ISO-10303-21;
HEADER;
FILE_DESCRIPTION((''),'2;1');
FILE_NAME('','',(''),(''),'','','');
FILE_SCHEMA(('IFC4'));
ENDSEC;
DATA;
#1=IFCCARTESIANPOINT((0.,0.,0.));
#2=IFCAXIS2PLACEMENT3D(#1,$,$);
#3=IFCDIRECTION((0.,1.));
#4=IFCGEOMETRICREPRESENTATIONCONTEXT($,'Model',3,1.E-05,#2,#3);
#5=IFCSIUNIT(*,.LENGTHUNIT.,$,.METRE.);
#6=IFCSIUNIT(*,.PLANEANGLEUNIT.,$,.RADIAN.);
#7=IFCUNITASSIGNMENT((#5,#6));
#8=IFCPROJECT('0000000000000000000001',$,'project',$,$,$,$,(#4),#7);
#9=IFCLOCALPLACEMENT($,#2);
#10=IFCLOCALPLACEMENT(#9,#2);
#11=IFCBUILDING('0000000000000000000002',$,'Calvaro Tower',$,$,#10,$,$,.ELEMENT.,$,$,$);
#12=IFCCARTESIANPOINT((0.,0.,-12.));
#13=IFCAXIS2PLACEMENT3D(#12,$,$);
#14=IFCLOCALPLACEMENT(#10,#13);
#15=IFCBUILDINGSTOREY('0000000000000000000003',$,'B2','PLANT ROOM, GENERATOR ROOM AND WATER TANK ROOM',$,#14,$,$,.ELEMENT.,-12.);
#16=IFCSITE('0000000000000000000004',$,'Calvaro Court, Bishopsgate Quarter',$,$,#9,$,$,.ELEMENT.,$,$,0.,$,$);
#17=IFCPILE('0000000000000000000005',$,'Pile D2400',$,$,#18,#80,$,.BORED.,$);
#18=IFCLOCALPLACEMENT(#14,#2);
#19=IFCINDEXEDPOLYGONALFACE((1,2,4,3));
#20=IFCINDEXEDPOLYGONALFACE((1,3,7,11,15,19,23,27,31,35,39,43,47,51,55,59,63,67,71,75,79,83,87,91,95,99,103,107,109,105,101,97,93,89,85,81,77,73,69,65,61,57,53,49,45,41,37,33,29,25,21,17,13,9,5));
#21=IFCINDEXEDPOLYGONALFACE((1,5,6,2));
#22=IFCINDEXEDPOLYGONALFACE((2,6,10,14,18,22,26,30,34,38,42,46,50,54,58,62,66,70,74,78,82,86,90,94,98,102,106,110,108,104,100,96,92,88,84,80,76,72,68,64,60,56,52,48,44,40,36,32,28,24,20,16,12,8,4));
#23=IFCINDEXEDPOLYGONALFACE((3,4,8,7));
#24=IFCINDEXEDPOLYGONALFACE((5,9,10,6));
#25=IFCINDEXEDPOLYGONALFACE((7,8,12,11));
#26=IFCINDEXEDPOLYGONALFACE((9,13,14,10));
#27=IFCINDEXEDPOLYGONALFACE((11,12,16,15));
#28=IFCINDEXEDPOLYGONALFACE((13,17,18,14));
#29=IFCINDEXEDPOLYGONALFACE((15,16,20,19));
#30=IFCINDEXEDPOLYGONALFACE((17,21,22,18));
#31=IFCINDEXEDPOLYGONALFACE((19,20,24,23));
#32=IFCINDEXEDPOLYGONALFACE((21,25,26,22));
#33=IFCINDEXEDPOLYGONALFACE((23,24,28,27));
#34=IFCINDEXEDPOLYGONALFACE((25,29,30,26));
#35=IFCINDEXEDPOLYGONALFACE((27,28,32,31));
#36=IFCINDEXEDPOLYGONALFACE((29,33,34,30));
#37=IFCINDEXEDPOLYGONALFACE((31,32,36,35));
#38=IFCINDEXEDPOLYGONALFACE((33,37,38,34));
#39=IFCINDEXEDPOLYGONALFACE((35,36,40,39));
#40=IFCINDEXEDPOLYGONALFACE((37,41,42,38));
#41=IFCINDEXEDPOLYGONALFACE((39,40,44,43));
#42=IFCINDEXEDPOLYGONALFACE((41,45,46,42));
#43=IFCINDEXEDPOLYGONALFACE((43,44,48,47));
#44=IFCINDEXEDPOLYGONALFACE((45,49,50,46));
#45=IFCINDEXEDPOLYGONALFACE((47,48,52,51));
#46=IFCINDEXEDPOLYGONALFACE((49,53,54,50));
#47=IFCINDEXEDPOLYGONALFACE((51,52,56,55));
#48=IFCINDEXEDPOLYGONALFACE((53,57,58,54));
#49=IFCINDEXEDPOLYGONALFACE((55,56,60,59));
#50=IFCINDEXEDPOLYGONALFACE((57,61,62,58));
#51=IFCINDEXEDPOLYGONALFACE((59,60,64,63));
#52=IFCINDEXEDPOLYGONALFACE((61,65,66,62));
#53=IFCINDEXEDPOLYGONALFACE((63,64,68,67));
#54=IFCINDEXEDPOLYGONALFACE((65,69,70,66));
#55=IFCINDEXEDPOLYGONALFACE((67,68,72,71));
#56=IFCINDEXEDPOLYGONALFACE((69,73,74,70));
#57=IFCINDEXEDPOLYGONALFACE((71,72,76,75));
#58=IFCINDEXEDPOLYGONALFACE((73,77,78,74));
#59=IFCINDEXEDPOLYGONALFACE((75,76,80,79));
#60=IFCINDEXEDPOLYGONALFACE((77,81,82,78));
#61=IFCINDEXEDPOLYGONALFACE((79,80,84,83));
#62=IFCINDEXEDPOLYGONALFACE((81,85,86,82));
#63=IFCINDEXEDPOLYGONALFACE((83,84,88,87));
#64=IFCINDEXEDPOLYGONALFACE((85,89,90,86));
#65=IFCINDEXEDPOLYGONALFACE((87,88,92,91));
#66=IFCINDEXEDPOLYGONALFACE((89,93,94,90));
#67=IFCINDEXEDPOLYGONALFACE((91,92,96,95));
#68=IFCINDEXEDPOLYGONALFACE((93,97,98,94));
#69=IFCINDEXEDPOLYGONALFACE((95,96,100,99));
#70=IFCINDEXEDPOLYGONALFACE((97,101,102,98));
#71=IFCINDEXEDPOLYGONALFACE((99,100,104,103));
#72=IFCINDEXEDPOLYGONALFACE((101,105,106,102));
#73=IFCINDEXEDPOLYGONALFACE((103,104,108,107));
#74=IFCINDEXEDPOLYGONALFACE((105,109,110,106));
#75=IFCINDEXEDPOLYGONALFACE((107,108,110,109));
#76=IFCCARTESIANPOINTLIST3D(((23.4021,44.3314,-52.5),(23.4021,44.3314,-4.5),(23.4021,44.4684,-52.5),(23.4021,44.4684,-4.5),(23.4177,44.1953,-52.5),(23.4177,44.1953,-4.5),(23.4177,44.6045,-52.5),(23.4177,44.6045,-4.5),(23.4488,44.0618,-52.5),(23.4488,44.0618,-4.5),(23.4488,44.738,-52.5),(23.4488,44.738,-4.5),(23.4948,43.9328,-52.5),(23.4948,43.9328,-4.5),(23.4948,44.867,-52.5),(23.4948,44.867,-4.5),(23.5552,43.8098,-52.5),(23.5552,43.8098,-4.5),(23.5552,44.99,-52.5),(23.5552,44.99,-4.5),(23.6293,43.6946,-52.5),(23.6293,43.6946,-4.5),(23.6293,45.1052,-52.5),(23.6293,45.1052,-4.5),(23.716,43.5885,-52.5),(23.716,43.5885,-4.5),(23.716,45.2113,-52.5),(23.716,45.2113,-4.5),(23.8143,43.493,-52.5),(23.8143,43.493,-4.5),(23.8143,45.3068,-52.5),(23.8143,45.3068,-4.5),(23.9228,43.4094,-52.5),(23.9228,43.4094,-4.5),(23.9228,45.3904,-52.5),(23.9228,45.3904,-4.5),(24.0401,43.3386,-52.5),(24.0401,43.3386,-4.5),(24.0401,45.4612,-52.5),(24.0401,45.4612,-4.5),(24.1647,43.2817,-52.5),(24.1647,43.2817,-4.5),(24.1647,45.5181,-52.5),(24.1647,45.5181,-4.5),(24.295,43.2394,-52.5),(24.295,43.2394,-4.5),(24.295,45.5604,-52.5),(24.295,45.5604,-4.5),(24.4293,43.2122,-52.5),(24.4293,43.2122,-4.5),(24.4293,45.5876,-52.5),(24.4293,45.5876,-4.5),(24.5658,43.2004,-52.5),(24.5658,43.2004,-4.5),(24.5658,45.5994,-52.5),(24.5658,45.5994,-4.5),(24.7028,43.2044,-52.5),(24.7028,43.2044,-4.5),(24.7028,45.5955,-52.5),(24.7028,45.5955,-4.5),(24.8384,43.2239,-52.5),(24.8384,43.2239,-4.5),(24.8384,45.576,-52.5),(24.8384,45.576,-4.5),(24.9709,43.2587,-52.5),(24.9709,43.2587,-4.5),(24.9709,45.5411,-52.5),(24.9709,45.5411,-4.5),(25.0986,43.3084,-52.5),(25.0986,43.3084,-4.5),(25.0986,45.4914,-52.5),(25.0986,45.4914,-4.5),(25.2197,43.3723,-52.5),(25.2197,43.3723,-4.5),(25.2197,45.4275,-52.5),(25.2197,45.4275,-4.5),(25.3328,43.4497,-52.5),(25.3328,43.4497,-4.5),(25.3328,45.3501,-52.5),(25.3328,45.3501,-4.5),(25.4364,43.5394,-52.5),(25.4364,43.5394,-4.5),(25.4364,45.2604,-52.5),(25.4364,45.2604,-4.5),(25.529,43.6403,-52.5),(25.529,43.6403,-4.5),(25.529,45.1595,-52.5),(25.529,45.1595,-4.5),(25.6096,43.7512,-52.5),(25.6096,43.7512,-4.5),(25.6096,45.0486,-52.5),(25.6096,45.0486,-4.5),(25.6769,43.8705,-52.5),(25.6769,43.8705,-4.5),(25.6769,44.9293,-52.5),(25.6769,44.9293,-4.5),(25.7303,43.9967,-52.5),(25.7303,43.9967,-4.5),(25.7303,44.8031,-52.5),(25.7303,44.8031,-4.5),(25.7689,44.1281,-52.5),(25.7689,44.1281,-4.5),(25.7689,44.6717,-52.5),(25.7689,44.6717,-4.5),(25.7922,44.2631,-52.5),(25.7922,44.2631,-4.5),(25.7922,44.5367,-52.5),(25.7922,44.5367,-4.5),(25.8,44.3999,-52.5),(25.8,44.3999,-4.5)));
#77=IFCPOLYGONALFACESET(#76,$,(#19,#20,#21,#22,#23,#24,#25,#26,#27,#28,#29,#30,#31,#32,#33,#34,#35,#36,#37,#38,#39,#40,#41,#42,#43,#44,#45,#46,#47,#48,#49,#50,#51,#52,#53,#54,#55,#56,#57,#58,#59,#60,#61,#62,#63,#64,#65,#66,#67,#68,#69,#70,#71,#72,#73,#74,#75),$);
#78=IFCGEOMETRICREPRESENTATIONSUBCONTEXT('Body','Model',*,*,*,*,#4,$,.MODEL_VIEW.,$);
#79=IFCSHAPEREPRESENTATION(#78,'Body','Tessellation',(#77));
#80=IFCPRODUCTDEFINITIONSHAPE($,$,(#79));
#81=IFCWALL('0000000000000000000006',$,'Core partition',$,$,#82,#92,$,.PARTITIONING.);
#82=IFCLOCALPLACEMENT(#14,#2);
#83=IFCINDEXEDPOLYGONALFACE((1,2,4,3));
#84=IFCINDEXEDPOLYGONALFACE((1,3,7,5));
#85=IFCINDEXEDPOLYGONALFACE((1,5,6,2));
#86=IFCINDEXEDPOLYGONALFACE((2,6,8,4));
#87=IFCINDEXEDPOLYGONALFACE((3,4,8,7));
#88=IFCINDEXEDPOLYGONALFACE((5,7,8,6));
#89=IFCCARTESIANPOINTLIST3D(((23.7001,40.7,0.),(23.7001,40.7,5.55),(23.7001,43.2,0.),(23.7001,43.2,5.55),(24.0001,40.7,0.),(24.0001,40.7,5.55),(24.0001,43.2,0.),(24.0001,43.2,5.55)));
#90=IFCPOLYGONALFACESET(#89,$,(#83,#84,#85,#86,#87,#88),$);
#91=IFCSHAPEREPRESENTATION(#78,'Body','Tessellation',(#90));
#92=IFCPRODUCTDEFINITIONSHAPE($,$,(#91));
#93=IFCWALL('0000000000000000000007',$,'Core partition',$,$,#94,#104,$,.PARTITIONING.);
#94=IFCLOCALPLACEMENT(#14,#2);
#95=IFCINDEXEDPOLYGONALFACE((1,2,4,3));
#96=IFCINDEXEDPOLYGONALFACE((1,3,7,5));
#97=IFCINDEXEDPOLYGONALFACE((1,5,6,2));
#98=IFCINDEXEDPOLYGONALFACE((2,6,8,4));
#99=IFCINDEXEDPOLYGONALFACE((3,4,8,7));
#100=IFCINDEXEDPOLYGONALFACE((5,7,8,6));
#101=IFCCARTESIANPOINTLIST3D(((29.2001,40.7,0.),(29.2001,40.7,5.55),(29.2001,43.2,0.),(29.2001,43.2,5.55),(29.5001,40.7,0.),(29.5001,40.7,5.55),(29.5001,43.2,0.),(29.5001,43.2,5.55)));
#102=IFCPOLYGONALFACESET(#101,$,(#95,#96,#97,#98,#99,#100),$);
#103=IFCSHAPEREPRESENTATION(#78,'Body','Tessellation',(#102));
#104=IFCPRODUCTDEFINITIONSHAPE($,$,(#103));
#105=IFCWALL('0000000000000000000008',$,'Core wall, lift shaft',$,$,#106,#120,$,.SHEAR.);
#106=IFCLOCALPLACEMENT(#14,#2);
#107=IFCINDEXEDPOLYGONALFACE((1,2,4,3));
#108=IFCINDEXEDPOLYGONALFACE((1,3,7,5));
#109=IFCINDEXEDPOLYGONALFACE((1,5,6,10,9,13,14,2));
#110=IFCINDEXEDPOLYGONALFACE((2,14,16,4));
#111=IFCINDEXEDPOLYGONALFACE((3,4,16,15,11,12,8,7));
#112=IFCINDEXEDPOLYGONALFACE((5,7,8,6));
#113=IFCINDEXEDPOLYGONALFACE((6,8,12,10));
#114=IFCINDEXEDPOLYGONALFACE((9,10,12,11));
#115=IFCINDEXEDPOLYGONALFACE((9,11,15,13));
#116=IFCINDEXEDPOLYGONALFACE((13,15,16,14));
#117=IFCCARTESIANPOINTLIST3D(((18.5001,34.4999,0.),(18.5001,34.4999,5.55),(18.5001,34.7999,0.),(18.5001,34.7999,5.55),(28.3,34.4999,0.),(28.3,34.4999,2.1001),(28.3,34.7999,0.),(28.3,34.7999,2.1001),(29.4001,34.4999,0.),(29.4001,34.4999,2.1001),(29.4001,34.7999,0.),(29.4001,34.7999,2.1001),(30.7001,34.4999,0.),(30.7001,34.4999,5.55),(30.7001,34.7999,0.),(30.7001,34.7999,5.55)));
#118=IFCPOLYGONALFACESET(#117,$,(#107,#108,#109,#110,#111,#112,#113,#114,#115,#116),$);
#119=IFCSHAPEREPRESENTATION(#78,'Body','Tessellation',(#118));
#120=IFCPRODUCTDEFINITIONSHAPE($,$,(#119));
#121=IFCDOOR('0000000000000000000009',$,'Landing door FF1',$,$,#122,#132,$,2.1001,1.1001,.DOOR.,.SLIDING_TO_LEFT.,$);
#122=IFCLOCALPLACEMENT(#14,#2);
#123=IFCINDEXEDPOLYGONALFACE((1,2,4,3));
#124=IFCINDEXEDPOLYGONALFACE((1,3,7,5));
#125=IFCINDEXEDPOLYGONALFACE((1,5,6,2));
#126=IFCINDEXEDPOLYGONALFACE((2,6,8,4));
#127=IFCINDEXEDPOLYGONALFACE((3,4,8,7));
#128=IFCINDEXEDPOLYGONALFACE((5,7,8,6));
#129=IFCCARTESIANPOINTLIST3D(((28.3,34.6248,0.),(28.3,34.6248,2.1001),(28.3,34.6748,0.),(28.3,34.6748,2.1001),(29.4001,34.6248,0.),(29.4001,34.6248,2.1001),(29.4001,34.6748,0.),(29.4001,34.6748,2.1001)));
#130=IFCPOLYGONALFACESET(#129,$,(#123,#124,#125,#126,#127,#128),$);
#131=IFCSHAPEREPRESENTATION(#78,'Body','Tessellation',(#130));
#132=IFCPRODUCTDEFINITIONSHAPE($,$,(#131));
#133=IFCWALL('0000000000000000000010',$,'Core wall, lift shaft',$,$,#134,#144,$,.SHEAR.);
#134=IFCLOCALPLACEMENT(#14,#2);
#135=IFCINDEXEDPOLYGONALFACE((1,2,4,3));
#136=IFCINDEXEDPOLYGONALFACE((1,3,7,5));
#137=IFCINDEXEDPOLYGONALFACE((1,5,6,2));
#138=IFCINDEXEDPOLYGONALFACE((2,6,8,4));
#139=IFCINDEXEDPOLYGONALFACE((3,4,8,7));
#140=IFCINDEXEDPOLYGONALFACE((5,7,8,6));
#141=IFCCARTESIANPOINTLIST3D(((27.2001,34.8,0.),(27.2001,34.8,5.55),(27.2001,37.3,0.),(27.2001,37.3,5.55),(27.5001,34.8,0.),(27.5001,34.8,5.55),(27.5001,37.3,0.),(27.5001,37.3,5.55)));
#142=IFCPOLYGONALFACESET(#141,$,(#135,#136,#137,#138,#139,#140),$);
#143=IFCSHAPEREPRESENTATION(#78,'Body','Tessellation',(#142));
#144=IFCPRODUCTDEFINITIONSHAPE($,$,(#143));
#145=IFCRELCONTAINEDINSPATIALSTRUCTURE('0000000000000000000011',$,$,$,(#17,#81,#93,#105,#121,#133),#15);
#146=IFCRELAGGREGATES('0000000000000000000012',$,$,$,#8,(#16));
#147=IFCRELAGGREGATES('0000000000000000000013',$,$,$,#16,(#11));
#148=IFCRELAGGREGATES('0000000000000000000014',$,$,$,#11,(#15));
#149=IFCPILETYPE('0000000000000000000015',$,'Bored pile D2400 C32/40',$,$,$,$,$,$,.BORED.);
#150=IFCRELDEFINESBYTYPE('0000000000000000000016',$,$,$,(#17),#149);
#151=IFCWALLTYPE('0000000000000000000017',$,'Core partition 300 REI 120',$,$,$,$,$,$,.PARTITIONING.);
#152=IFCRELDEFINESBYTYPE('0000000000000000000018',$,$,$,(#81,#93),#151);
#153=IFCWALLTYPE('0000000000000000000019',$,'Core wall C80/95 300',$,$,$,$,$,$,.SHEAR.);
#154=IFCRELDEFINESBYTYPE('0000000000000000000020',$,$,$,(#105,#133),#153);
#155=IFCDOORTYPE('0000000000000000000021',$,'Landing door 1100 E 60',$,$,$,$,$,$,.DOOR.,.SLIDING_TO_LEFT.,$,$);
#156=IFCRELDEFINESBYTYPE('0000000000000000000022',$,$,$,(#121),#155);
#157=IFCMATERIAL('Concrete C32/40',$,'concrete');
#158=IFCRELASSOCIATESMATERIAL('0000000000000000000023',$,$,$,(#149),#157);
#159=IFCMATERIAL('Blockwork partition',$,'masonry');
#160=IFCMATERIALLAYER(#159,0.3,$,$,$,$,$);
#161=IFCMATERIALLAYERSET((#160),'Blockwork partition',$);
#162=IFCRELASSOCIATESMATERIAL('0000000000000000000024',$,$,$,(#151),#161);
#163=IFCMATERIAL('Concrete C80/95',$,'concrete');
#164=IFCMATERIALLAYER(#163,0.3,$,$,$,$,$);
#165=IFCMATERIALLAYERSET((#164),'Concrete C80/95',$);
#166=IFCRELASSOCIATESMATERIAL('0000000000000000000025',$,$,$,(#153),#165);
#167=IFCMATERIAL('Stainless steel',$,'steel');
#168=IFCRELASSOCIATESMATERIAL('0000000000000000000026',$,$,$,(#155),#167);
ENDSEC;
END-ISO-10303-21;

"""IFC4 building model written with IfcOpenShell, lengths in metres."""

from ifc_helpers import new_model, si_unit, direction, frame, frame_2d, origin, origin_2d, place, context, subcontext, project, spatial, rectangle, circle, extrude, material, layer, layer_set, material_profile, profile_set, type_object, element, fill, save


model = new_model("IFC4")

# Units and contexts
model_context = context("Model", 3, precision=1e-05, world=origin(), true_north=direction((0.0, 1.0)))
body_context = subcontext(model_context, "Body", "Model", "MODEL_VIEW")
ifc_project = project(units=[si_unit("LENGTHUNIT", "METRE"), si_unit("PLANEANGLEUNIT", "RADIAN")], contexts=[model_context])

# Site, building, storey
site_placement = place(None, origin())
site = spatial("IfcSite", under=ifc_project, at=site_placement, Name="Calvaro Court, Bishopsgate Quarter", CompositionType="ELEMENT", RefElevation=0.0)
building_placement = place(site_placement, origin())
building = spatial("IfcBuilding", under=site, at=building_placement, Name="Calvaro Tower", CompositionType="ELEMENT")
storey_placement = place(building_placement, frame((0.0, 0.0, -12.0)))
storey = spatial("IfcBuildingStorey", under=building, at=storey_placement, Name="B2", Description="PLANT ROOM, GENERATOR ROOM AND WATER TANK ROOM", CompositionType="ELEMENT", Elevation=-12.0)

# Pile
ifc_material_1 = material(Name="Concrete C32/40", Category="concrete")
ifc_material_profile = material_profile(ifc_material_1, circle(Radius=1.2, at=origin_2d()), Name="Bored pile D2400")
ifc_profile_set = profile_set([ifc_material_profile], Name="Concrete C32/40")
pile_type = type_object("IfcPileType", Name="Bored pile D2400 C32/40", PredefinedType="BORED", material=ifc_profile_set)
for number, where, z_axis, x_axis, name in (
    (1, (24.6001, 44.3999, -4.5), (0.0, 0.0, -1.0), (1.0, 0.0, 0.0), "Pile D2400"),
):
    element("IfcPile", number, at=place(storey_placement, frame(where, z_axis=z_axis, x_axis=x_axis)), inside=storey, type_object=pile_type, Name=name, PredefinedType="BORED", context=body_context, shape_type="SweptSolid", body=[
        extrude(circle(Radius=1.2, at=origin_2d()), origin(), (0.0, 0.0, 1.0), 48.0),
    ])

# Walls
ifc_material_2 = material(Name="Blockwork partition", Category="masonry")
ifc_layer_1 = layer(ifc_material_2, 0.3)
ifc_layer_set_1 = layer_set([ifc_layer_1], Name="Blockwork partition")
wall_type_1 = type_object("IfcWallType", Name="Core partition 300 REI 120", PredefinedType="PARTITIONING", material=ifc_layer_set_1)
for number, where, z_axis, x_axis, name in (
    (2, (23.8501, 40.7, 0.0), (0.0, 0.0, 1.0), (0.0, 1.0, 0.0), "Core partition"),
    (3, (29.3501, 40.7, 0.0), (0.0, 0.0, 1.0), (0.0, 1.0, 0.0), "Core partition"),
):
    element("IfcWall", number, at=place(storey_placement, frame(where, z_axis=z_axis, x_axis=x_axis)), inside=storey, type_object=wall_type_1, Name=name, PredefinedType="PARTITIONING", context=body_context, shape_type="SweptSolid", body=[
        extrude(rectangle(XDim=2.5, YDim=0.3, at=frame_2d((1.25, 0.0))), origin(), (0.0, 0.0, 1.0), 5.55),
    ])

# Wall, opening, door
ifc_material_3 = material(Name="Concrete C80/95", Category="concrete")
ifc_layer_2 = layer(ifc_material_3, 0.3)
ifc_layer_set_2 = layer_set([ifc_layer_2], Name="Concrete C80/95")
wall_type_2 = type_object("IfcWallType", Name="Core wall C80/95 300", PredefinedType="SHEAR", material=ifc_layer_set_2)
wall_1_placement = place(storey_placement, frame((18.5, 34.6499, 0.0), z_axis=(0.0, 0.0, 1.0), x_axis=(1.0, 0.0, 0.0)))
wall_1 = element("IfcWall", 4, at=wall_1_placement, inside=storey, type_object=wall_type_2, Name="Core wall, lift shaft", PredefinedType="SHEAR", context=body_context, shape_type="SweptSolid", body=[
    extrude(rectangle(XDim=12.2, YDim=0.3, at=frame_2d((6.1001, 0.0))), origin(), (0.0, 0.0, 1.0), 5.55),
])
opening_1_placement = place(wall_1_placement, frame((9.8, 0.0, 0.0)))
opening_1 = element("IfcOpeningElement", 5, at=opening_1_placement, cuts=wall_1, PredefinedType="OPENING", context=body_context, shape_type="SweptSolid", body=[
    extrude(rectangle(XDim=1.1001, YDim=2.1001, at=frame_2d((0.55, 1.05))), frame((0.0, 0.1599, 0.0), z_axis=(0.0, -1.0, 0.0), x_axis=(1.0, 0.0, 0.0)), (0.0, 0.0, 1.0), 0.3201),
])
ifc_material_4 = material(Name="Stainless steel", Category="steel")
door_type_1 = type_object("IfcDoorType", Name="Landing door 1100 E 60", OperationType="SLIDING_TO_LEFT", PredefinedType="DOOR", material=ifc_material_4)
door_1_placement = place(opening_1_placement, origin())
door_1 = element("IfcDoor", 6, at=door_1_placement, inside=storey, type_object=door_type_1, Name="Landing door FF1", OperationType="SLIDING_TO_LEFT", OverallHeight=2.1001, OverallWidth=1.1001, PredefinedType="DOOR", context=body_context, shape_type="SweptSolid", body=[
    extrude(rectangle(XDim=1.1001, YDim=2.1001, at=frame_2d((0.55, 1.05))), frame((0.0, 0.0249, 0.0), z_axis=(0.0, -1.0, 0.0), x_axis=(1.0, 0.0, 0.0)), (0.0, 0.0, 1.0), 0.05),
])
fill(opening_1, door_1)

# Wall
wall_2_placement = place(storey_placement, frame((27.3501, 34.8, 0.0), z_axis=(0.0, 0.0, 1.0), x_axis=(0.0, 1.0, 0.0)))
element("IfcWall", 7, at=wall_2_placement, inside=storey, type_object=wall_type_2, Name="Core wall, lift shaft", PredefinedType="SHEAR", context=body_context, shape_type="SweptSolid", body=[
    extrude(rectangle(XDim=2.5, YDim=0.3, at=frame_2d((1.25, 0.0))), origin(), (0.0, 0.0, 1.0), 5.55),
])

save(model, "model.ifc")
